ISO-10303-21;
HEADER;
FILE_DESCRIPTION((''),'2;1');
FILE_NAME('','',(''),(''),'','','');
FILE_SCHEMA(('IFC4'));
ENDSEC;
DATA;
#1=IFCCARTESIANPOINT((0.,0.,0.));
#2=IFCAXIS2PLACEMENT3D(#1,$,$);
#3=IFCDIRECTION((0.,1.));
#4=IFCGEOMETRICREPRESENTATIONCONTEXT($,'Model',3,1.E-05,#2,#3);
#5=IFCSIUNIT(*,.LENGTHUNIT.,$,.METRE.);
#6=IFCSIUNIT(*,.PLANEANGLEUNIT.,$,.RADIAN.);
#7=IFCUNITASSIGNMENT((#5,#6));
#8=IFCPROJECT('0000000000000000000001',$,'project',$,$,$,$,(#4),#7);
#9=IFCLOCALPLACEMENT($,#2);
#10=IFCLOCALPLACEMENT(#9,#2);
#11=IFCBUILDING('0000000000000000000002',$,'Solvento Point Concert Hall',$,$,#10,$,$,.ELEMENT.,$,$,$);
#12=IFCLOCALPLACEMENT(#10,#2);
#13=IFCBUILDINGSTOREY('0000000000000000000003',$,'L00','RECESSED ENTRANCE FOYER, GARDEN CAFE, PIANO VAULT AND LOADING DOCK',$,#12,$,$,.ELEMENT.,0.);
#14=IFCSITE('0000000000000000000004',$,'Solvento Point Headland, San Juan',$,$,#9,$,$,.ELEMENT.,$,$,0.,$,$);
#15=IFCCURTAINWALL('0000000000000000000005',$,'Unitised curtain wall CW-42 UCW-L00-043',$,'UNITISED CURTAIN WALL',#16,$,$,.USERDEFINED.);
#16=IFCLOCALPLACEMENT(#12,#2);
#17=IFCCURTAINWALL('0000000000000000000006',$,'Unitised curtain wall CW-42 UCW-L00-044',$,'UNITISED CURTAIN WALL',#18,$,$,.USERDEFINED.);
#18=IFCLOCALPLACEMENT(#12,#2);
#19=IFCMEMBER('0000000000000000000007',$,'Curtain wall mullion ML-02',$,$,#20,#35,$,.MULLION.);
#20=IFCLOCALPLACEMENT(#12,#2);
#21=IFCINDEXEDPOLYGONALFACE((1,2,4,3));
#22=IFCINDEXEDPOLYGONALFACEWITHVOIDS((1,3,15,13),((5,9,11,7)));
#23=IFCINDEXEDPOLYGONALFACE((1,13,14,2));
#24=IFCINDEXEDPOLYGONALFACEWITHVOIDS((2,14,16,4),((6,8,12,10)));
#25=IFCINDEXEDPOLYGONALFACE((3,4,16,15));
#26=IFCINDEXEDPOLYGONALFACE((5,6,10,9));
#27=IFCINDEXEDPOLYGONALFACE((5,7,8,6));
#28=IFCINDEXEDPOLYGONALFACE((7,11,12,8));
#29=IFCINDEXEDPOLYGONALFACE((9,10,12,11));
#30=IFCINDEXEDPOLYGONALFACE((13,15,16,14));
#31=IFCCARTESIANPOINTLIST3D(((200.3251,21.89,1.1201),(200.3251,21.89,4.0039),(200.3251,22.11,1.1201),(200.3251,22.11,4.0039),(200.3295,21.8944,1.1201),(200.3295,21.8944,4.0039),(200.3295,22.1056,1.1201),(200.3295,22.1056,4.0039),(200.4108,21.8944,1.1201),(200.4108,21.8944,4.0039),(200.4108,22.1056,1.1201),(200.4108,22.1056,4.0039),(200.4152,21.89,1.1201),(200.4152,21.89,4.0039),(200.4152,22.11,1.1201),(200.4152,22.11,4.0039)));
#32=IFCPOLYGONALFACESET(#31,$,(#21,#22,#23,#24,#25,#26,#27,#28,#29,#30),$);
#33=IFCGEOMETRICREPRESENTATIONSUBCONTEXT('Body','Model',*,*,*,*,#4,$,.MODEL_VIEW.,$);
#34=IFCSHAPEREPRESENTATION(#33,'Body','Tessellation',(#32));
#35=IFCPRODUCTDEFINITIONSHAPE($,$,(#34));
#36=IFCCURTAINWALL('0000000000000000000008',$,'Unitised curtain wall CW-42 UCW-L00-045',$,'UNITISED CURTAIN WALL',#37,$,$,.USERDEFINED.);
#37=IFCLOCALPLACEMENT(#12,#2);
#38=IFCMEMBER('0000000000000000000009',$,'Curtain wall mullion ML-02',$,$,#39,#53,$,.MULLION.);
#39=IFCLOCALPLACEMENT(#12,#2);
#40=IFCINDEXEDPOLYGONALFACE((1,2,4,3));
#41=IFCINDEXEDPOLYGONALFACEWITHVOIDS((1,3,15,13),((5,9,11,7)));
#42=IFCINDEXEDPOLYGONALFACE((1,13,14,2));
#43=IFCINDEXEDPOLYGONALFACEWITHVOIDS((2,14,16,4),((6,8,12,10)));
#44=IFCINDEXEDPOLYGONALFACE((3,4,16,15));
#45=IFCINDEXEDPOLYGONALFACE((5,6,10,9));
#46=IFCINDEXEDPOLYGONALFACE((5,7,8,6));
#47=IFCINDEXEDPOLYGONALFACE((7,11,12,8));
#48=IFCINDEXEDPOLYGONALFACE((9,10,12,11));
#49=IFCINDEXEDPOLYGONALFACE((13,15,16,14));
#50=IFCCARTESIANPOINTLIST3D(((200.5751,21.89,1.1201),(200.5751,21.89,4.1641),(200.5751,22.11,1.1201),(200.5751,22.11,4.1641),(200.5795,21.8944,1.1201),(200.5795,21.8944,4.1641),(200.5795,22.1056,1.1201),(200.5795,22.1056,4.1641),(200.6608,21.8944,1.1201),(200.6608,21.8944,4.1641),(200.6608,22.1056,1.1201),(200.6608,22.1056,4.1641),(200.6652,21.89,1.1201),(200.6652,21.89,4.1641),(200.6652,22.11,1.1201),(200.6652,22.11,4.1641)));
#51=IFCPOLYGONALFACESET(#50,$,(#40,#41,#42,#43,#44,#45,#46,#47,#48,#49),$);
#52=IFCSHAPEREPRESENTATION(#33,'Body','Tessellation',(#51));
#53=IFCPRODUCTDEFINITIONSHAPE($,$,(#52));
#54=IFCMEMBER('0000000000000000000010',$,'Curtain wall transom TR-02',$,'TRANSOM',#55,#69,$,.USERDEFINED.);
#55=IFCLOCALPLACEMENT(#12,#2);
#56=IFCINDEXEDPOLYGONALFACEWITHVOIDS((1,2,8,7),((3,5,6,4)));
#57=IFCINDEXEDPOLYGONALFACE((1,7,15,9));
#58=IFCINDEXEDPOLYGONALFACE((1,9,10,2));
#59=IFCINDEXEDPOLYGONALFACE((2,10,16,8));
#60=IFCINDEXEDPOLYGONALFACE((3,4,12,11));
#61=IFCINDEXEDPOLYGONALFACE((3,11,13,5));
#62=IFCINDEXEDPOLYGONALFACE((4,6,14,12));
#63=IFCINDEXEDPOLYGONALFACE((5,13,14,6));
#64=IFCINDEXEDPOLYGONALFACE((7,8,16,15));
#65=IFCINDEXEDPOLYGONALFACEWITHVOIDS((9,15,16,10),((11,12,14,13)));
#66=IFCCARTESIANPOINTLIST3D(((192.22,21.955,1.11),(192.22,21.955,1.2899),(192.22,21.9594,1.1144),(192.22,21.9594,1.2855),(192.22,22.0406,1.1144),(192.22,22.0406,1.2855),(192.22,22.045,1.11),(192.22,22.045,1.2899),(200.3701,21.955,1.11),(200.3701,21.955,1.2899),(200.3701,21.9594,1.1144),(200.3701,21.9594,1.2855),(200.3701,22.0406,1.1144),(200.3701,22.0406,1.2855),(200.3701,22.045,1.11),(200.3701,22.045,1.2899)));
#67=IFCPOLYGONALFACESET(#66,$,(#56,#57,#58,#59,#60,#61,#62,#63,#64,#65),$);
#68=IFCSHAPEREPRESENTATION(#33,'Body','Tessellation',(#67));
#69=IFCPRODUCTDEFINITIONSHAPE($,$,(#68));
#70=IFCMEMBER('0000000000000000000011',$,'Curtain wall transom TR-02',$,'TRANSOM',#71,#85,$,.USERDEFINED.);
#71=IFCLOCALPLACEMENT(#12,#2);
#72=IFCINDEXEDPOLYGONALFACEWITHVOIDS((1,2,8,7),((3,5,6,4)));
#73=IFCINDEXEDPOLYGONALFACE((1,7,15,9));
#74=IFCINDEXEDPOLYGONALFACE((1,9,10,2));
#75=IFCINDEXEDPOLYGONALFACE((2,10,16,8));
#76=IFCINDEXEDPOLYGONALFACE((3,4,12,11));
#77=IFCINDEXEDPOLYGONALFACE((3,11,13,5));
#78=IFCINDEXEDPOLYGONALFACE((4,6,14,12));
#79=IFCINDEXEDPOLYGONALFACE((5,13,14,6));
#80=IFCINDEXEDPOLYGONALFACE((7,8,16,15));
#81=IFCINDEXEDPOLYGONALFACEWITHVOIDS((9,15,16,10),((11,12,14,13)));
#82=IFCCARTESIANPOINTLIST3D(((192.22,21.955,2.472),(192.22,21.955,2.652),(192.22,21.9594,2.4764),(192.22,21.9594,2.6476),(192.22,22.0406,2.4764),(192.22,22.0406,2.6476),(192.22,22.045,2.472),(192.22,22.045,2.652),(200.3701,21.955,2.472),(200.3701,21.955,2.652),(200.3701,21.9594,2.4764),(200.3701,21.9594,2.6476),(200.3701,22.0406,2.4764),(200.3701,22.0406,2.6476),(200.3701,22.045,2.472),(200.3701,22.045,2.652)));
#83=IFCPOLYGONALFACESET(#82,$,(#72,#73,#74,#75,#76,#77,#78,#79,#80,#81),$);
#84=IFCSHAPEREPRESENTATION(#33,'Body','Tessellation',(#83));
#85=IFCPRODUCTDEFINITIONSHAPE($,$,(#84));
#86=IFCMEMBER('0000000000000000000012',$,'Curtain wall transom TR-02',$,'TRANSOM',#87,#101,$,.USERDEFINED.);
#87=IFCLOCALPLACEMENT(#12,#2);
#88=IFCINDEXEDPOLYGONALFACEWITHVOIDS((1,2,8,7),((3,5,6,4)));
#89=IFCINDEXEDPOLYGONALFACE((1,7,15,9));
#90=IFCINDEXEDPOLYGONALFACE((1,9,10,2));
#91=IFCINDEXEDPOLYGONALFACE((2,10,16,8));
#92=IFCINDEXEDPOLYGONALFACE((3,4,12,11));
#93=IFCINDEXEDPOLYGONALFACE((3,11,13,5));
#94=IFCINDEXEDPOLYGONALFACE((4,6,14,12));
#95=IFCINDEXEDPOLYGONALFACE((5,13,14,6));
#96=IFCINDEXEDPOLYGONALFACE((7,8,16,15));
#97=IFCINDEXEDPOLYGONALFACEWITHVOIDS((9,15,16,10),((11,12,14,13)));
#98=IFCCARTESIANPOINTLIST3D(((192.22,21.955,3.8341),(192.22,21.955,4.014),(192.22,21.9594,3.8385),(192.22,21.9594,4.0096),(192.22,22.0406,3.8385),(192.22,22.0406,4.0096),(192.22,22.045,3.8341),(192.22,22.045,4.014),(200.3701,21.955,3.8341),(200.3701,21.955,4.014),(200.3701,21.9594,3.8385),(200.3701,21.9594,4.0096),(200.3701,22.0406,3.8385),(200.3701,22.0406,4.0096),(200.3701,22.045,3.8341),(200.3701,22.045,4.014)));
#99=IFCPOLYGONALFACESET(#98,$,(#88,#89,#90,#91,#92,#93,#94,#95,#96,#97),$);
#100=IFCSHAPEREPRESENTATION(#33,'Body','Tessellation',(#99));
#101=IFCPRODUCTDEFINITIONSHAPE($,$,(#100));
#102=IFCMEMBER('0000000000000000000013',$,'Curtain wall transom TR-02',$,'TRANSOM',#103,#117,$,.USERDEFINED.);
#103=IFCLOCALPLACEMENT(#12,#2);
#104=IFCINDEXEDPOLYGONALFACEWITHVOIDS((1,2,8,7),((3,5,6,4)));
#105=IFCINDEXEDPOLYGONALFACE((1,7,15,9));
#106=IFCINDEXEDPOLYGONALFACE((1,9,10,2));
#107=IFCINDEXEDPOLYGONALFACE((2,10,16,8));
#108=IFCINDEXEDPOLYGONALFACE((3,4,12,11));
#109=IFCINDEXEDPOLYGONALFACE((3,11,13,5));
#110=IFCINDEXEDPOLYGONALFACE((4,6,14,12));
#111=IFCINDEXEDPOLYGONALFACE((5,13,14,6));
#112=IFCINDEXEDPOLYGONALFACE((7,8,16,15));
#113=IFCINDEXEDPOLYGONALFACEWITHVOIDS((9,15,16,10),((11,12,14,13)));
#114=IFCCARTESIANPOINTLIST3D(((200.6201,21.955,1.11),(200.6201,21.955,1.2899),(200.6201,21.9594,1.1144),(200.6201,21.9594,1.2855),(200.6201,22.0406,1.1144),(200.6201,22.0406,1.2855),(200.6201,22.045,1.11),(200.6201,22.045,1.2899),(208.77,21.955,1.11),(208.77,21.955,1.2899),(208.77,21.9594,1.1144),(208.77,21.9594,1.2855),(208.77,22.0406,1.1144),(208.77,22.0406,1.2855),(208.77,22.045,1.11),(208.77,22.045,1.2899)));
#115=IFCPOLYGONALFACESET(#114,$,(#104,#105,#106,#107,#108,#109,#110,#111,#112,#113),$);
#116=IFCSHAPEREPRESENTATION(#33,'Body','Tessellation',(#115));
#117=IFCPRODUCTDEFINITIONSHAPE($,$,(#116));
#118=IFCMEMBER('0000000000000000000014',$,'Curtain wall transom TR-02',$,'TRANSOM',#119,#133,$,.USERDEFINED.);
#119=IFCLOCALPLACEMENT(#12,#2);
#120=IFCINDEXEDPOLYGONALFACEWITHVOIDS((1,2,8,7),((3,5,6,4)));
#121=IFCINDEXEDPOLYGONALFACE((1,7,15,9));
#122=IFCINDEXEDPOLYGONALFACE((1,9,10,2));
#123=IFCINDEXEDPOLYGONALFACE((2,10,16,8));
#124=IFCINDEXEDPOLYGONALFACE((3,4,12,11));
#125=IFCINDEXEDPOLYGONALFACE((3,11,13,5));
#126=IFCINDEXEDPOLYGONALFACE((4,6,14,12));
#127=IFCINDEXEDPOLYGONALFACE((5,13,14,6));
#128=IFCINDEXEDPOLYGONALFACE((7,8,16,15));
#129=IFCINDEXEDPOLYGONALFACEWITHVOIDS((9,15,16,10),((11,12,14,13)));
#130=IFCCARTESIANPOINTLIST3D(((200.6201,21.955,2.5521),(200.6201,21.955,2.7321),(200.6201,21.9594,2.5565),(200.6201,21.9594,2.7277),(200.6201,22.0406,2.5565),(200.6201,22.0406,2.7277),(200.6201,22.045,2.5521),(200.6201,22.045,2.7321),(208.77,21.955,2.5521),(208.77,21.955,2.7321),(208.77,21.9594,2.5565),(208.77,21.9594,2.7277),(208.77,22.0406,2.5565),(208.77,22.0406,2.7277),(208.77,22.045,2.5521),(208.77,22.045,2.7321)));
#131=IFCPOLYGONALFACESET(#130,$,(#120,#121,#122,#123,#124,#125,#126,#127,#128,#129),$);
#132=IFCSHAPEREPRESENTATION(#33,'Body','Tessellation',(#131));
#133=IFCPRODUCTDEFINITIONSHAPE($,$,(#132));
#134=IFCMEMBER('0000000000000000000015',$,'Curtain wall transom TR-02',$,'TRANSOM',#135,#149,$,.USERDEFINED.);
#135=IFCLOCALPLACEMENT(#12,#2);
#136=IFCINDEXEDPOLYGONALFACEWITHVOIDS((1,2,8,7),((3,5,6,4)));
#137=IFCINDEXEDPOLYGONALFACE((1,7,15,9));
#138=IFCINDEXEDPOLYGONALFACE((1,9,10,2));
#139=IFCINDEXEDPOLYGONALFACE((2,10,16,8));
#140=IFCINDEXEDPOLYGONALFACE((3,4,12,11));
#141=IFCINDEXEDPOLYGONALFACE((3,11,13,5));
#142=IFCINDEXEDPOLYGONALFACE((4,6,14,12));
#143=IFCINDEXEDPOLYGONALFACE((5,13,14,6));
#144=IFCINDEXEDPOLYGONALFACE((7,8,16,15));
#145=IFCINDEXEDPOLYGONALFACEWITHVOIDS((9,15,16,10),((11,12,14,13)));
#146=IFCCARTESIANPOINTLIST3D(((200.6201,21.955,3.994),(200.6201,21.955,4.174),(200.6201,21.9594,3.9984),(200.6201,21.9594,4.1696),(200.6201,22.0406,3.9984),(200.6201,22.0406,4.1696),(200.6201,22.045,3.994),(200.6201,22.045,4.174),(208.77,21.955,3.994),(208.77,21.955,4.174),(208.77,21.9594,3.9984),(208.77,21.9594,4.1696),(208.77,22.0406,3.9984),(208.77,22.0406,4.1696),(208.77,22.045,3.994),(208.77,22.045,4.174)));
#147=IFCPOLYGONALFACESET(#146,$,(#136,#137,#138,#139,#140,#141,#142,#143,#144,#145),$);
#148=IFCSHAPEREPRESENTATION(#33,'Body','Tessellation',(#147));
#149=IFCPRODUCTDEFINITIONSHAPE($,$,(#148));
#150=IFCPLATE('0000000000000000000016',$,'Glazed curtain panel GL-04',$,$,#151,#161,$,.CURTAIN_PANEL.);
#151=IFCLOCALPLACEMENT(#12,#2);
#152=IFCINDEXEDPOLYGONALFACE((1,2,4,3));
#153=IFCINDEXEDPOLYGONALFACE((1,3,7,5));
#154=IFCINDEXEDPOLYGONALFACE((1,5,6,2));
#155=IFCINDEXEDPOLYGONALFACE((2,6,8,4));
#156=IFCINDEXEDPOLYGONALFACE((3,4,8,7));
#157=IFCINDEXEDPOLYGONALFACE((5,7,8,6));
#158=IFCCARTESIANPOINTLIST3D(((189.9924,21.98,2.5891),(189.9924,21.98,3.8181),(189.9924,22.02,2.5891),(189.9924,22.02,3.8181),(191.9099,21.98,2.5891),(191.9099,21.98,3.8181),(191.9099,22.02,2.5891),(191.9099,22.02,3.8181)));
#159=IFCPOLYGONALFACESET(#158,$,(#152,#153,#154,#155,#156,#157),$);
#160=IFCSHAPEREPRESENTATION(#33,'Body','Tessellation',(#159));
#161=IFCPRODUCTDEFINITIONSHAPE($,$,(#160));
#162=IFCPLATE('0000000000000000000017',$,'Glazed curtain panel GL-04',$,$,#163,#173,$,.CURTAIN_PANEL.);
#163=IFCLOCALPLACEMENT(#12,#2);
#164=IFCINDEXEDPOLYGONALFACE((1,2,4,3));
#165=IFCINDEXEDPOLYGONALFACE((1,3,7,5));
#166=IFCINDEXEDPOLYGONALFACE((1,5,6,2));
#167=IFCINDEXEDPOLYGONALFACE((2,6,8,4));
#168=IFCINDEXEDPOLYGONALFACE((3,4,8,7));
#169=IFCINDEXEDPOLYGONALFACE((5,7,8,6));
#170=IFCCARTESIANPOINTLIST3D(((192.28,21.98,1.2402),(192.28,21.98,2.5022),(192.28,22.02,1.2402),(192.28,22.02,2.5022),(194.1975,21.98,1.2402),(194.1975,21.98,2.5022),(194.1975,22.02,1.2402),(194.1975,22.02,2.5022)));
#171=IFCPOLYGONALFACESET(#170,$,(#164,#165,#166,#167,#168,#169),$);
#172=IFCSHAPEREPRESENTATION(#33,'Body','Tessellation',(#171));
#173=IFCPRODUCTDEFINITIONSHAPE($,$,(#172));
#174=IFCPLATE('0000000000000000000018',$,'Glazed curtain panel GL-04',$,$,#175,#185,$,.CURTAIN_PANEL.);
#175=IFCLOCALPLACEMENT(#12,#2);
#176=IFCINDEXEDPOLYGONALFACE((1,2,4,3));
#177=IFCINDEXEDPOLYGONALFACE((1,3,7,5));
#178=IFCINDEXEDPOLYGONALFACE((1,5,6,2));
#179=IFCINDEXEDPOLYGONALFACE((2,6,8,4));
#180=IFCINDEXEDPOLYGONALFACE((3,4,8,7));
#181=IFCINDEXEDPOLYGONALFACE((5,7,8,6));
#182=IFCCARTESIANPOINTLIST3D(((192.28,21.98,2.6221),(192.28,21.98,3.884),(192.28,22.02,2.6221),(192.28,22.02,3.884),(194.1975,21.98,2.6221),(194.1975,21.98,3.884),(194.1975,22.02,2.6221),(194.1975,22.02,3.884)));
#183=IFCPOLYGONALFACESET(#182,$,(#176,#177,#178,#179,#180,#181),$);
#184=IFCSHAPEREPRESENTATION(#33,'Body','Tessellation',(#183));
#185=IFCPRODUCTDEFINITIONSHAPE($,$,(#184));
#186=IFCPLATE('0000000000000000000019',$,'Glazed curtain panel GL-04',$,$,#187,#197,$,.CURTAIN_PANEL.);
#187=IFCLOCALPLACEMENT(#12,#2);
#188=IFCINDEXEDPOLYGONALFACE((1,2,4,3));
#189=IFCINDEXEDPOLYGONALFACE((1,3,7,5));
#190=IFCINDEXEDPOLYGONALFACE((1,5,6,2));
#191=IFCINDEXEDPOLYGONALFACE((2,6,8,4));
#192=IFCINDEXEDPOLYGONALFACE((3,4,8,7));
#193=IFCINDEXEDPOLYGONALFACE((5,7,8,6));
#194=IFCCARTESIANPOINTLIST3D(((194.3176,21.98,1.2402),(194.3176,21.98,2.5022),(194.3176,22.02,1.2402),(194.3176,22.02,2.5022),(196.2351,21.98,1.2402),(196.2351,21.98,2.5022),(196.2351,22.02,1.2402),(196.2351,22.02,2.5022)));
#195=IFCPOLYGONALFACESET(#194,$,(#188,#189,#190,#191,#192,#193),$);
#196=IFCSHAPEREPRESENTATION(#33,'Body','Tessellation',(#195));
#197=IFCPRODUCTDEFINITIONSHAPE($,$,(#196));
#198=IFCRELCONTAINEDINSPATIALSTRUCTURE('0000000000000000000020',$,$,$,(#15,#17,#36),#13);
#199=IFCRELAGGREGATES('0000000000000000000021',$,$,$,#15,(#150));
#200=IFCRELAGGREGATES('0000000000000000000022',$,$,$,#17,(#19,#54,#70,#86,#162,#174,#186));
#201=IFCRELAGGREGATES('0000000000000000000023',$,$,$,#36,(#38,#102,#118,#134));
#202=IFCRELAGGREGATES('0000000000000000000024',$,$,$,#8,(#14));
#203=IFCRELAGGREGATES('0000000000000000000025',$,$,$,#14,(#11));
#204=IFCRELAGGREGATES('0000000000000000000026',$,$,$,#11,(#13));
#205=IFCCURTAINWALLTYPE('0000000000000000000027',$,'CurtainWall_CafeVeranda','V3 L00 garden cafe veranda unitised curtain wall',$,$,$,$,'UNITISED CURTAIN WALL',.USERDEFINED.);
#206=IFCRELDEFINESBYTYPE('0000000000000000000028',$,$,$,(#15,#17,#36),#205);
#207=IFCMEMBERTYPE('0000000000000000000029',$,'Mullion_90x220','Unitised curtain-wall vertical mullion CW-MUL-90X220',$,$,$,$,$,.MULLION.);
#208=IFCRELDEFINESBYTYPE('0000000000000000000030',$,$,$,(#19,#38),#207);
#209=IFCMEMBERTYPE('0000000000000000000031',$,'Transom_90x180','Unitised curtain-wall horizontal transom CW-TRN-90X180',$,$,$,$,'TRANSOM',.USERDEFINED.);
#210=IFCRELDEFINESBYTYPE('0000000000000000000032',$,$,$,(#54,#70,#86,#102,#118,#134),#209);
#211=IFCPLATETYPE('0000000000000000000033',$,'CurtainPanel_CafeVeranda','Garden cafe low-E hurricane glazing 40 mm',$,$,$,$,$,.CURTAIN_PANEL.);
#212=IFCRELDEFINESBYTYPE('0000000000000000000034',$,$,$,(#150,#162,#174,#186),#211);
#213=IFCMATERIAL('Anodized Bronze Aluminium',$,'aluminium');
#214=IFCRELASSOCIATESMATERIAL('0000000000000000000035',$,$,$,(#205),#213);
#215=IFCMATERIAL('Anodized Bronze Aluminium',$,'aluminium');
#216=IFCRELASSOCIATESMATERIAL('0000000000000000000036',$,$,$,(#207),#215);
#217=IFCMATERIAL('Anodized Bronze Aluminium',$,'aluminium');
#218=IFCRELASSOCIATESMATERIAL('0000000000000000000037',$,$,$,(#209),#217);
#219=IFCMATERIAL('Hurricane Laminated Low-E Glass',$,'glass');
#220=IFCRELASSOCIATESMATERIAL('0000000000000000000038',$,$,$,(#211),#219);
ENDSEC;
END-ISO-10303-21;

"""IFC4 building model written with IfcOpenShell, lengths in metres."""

from ifc_helpers import new_model, si_unit, direction, frame, origin, origin_2d, place, context, subcontext, project, spatial, rectangle, hollow_rectangle, extrude, material, material_profile, profile_set, type_object, element, aggregate, save


model = new_model("IFC4")

# Units and contexts
model_context = context("Model", 3, precision=1e-05, world=origin(), true_north=direction((0.0, 1.0)))
body_context = subcontext(model_context, "Body", "Model", "MODEL_VIEW")
ifc_project = project(units=[si_unit("LENGTHUNIT", "METRE"), si_unit("PLANEANGLEUNIT", "RADIAN")], contexts=[model_context])

# Site, building, storey
site_placement = place(None, origin())
site = spatial("IfcSite", under=ifc_project, at=site_placement, Name="Solvento Point Headland, San Juan", CompositionType="ELEMENT", RefElevation=0.0)
building_placement = place(site_placement, origin())
building = spatial("IfcBuilding", under=site, at=building_placement, Name="Solvento Point Concert Hall", CompositionType="ELEMENT")
storey_placement = place(building_placement, origin())
storey = spatial("IfcBuildingStorey", under=building, at=storey_placement, Name="L00", Description="RECESSED ENTRANCE FOYER, GARDEN CAFE, PIANO VAULT AND LOADING DOCK", CompositionType="ELEMENT", Elevation=0.0)

# Curtain wall
ifc_material_1 = material(Name="Anodized Bronze Aluminium", Category="aluminium")
curtain_wall_type = type_object("IfcCurtainWallType", Name="CurtainWall_CafeVeranda", Description="V3 L00 garden cafe veranda unitised curtain wall", ElementType="UNITISED CURTAIN WALL", PredefinedType="USERDEFINED", material=ifc_material_1)
curtain_wall_1_placement = place(storey_placement, origin())
curtain_wall_1 = element("IfcCurtainWall", 1, at=curtain_wall_1_placement, inside=storey, type_object=curtain_wall_type, Name="Unitised curtain wall CW-42 UCW-L00-043", ObjectType="UNITISED CURTAIN WALL", PredefinedType="USERDEFINED")
ifc_material_2 = material(Name="Anodized Bronze Aluminium", Category="aluminium")
ifc_material_profile_1 = material_profile(ifc_material_2, hollow_rectangle(XDim=0.0901, YDim=0.22, WallThickness=0.0044, at=origin_2d()), Name="CW-MUL-90X220")
ifc_profile_set_1 = profile_set([ifc_material_profile_1], Name="Anodized Bronze Aluminium")
member_type_1 = type_object("IfcMemberType", Name="Mullion_90x220", Description="Unitised curtain-wall vertical mullion CW-MUL-90X220", PredefinedType="MULLION", material=ifc_profile_set_1)

# Curtain wall, member
curtain_wall_2_placement = place(storey_placement, origin())
curtain_wall_2 = element("IfcCurtainWall", 2, at=curtain_wall_2_placement, inside=storey, type_object=curtain_wall_type, Name="Unitised curtain wall CW-42 UCW-L00-044", ObjectType="UNITISED CURTAIN WALL", PredefinedType="USERDEFINED")
member_1_placement = place(storey_placement, frame((200.3701, 22.0, 1.1201), z_axis=(0.0, 0.0, 1.0), x_axis=(1.0, 0.0, 0.0)))
member_1 = element("IfcMember", 3, at=member_1_placement, type_object=member_type_1, Name="Curtain wall mullion ML-02", PredefinedType="MULLION", context=body_context, shape_type="SweptSolid", body=[
    extrude(hollow_rectangle(XDim=0.0901, YDim=0.22, WallThickness=0.0044, at=origin_2d()), origin(), (0.0, 0.0, 1.0), 2.8838),
])

# Curtain wall, member
curtain_wall_3_placement = place(storey_placement, origin())
curtain_wall_3 = element("IfcCurtainWall", 4, at=curtain_wall_3_placement, inside=storey, type_object=curtain_wall_type, Name="Unitised curtain wall CW-42 UCW-L00-045", ObjectType="UNITISED CURTAIN WALL", PredefinedType="USERDEFINED")
member_2_placement = place(storey_placement, frame((200.6201, 22.0, 1.1201), z_axis=(0.0, 0.0, 1.0), x_axis=(1.0, 0.0, 0.0)))
member_2 = element("IfcMember", 5, at=member_2_placement, type_object=member_type_1, Name="Curtain wall mullion ML-02", PredefinedType="MULLION", context=body_context, shape_type="SweptSolid", body=[
    extrude(hollow_rectangle(XDim=0.0901, YDim=0.22, WallThickness=0.0044, at=origin_2d()), origin(), (0.0, 0.0, 1.0), 3.0439),
])

# Members
ifc_material_3 = material(Name="Anodized Bronze Aluminium", Category="aluminium")
ifc_material_profile_2 = material_profile(ifc_material_3, hollow_rectangle(XDim=0.0901, YDim=0.1799, WallThickness=0.0044, at=origin_2d()), Name="CW-TRN-90X180")
ifc_profile_set_2 = profile_set([ifc_material_profile_2], Name="Anodized Bronze Aluminium")
member_type_2 = type_object("IfcMemberType", Name="Transom_90x180", Description="Unitised curtain-wall horizontal transom CW-TRN-90X180", ElementType="TRANSOM", PredefinedType="USERDEFINED", material=ifc_profile_set_2)
member_3_placement = place(storey_placement, frame((192.22, 22.0, 1.2), z_axis=(1.0, 0.0, 0.0), x_axis=(0.0, 1.0, 0.0)))
member_3 = element("IfcMember", 6, at=member_3_placement, type_object=member_type_2, Name="Curtain wall transom TR-02", ObjectType="TRANSOM", PredefinedType="USERDEFINED", context=body_context, shape_type="SweptSolid", body=[
    extrude(hollow_rectangle(XDim=0.0901, YDim=0.1799, WallThickness=0.0044, at=origin_2d()), origin(), (0.0, 0.0, 1.0), 8.1501),
])
member_4_placement = place(storey_placement, frame((192.22, 22.0, 2.562), z_axis=(1.0, 0.0, 0.0), x_axis=(0.0, 1.0, 0.0)))
member_4 = element("IfcMember", 7, at=member_4_placement, type_object=member_type_2, Name="Curtain wall transom TR-02", ObjectType="TRANSOM", PredefinedType="USERDEFINED", context=body_context, shape_type="SweptSolid", body=[
    extrude(hollow_rectangle(XDim=0.0901, YDim=0.1799, WallThickness=0.0044, at=origin_2d()), origin(), (0.0, 0.0, 1.0), 8.1501),
])
member_5_placement = place(storey_placement, frame((192.22, 22.0, 3.9241), z_axis=(1.0, 0.0, 0.0), x_axis=(0.0, 1.0, 0.0)))
member_5 = element("IfcMember", 8, at=member_5_placement, type_object=member_type_2, Name="Curtain wall transom TR-02", ObjectType="TRANSOM", PredefinedType="USERDEFINED", context=body_context, shape_type="SweptSolid", body=[
    extrude(hollow_rectangle(XDim=0.0901, YDim=0.1799, WallThickness=0.0044, at=origin_2d()), origin(), (0.0, 0.0, 1.0), 8.1501),
])
member_6_placement = place(storey_placement, frame((200.6201, 22.0, 1.2), z_axis=(1.0, 0.0, 0.0), x_axis=(0.0, 1.0, 0.0)))
member_6 = element("IfcMember", 9, at=member_6_placement, type_object=member_type_2, Name="Curtain wall transom TR-02", ObjectType="TRANSOM", PredefinedType="USERDEFINED", context=body_context, shape_type="SweptSolid", body=[
    extrude(hollow_rectangle(XDim=0.0901, YDim=0.1799, WallThickness=0.0044, at=origin_2d()), origin(), (0.0, 0.0, 1.0), 8.1499),
])
member_7_placement = place(storey_placement, frame((200.6201, 22.0, 2.6421), z_axis=(1.0, 0.0, 0.0), x_axis=(0.0, 1.0, 0.0)))
member_7 = element("IfcMember", 10, at=member_7_placement, type_object=member_type_2, Name="Curtain wall transom TR-02", ObjectType="TRANSOM", PredefinedType="USERDEFINED", context=body_context, shape_type="SweptSolid", body=[
    extrude(hollow_rectangle(XDim=0.0901, YDim=0.1799, WallThickness=0.0044, at=origin_2d()), origin(), (0.0, 0.0, 1.0), 8.1499),
])
member_8_placement = place(storey_placement, frame((200.6201, 22.0, 4.084), z_axis=(1.0, 0.0, 0.0), x_axis=(0.0, 1.0, 0.0)))
member_8 = element("IfcMember", 11, at=member_8_placement, type_object=member_type_2, Name="Curtain wall transom TR-02", ObjectType="TRANSOM", PredefinedType="USERDEFINED", context=body_context, shape_type="SweptSolid", body=[
    extrude(hollow_rectangle(XDim=0.0901, YDim=0.1799, WallThickness=0.0044, at=origin_2d()), origin(), (0.0, 0.0, 1.0), 8.1499),
])

# Plates
ifc_material_4 = material(Name="Hurricane Laminated Low-E Glass", Category="glass")
plate_type = type_object("IfcPlateType", Name="CurtainPanel_CafeVeranda", Description="Garden cafe low-E hurricane glazing 40 mm", PredefinedType="CURTAIN_PANEL", material=ifc_material_4)
plate_1_placement = place(storey_placement, frame((190.9512, 22.0, 2.5891), z_axis=(0.0, 0.0, 1.0), x_axis=(1.0, 0.0, 0.0)))
plate_1 = element("IfcPlate", 12, at=plate_1_placement, type_object=plate_type, Name="Glazed curtain panel GL-04", PredefinedType="CURTAIN_PANEL", context=body_context, shape_type="SweptSolid", body=[
    extrude(rectangle(XDim=1.9175, YDim=0.04, at=origin_2d()), origin(), (0.0, 0.0, 1.0), 1.229),
])
aggregate(curtain_wall_1, [plate_1])
plate_2_placement = place(storey_placement, frame((193.2388, 22.0, 1.2402), z_axis=(0.0, 0.0, 1.0), x_axis=(1.0, 0.0, 0.0)))
plate_2 = element("IfcPlate", 13, at=plate_2_placement, type_object=plate_type, Name="Glazed curtain panel GL-04", PredefinedType="CURTAIN_PANEL", context=body_context, shape_type="SweptSolid", body=[
    extrude(rectangle(XDim=1.9175, YDim=0.04, at=origin_2d()), origin(), (0.0, 0.0, 1.0), 1.262),
])
plate_3_placement = place(storey_placement, frame((193.2388, 22.0, 2.6221), z_axis=(0.0, 0.0, 1.0), x_axis=(1.0, 0.0, 0.0)))
plate_3 = element("IfcPlate", 14, at=plate_3_placement, type_object=plate_type, Name="Glazed curtain panel GL-04", PredefinedType="CURTAIN_PANEL", context=body_context, shape_type="SweptSolid", body=[
    extrude(rectangle(XDim=1.9175, YDim=0.04, at=origin_2d()), origin(), (0.0, 0.0, 1.0), 1.262),
])
plate_4_placement = place(storey_placement, frame((195.2764, 22.0, 1.2402), z_axis=(0.0, 0.0, 1.0), x_axis=(1.0, 0.0, 0.0)))
plate_4 = element("IfcPlate", 15, at=plate_4_placement, type_object=plate_type, Name="Glazed curtain panel GL-04", PredefinedType="CURTAIN_PANEL", context=body_context, shape_type="SweptSolid", body=[
    extrude(rectangle(XDim=1.9175, YDim=0.04, at=origin_2d()), origin(), (0.0, 0.0, 1.0), 1.262),
])
aggregate(curtain_wall_2, [member_1, member_3, member_4, member_5, plate_2, plate_3, plate_4])
aggregate(curtain_wall_3, [member_2, member_6, member_7, member_8])

save(model, "model.ifc")
